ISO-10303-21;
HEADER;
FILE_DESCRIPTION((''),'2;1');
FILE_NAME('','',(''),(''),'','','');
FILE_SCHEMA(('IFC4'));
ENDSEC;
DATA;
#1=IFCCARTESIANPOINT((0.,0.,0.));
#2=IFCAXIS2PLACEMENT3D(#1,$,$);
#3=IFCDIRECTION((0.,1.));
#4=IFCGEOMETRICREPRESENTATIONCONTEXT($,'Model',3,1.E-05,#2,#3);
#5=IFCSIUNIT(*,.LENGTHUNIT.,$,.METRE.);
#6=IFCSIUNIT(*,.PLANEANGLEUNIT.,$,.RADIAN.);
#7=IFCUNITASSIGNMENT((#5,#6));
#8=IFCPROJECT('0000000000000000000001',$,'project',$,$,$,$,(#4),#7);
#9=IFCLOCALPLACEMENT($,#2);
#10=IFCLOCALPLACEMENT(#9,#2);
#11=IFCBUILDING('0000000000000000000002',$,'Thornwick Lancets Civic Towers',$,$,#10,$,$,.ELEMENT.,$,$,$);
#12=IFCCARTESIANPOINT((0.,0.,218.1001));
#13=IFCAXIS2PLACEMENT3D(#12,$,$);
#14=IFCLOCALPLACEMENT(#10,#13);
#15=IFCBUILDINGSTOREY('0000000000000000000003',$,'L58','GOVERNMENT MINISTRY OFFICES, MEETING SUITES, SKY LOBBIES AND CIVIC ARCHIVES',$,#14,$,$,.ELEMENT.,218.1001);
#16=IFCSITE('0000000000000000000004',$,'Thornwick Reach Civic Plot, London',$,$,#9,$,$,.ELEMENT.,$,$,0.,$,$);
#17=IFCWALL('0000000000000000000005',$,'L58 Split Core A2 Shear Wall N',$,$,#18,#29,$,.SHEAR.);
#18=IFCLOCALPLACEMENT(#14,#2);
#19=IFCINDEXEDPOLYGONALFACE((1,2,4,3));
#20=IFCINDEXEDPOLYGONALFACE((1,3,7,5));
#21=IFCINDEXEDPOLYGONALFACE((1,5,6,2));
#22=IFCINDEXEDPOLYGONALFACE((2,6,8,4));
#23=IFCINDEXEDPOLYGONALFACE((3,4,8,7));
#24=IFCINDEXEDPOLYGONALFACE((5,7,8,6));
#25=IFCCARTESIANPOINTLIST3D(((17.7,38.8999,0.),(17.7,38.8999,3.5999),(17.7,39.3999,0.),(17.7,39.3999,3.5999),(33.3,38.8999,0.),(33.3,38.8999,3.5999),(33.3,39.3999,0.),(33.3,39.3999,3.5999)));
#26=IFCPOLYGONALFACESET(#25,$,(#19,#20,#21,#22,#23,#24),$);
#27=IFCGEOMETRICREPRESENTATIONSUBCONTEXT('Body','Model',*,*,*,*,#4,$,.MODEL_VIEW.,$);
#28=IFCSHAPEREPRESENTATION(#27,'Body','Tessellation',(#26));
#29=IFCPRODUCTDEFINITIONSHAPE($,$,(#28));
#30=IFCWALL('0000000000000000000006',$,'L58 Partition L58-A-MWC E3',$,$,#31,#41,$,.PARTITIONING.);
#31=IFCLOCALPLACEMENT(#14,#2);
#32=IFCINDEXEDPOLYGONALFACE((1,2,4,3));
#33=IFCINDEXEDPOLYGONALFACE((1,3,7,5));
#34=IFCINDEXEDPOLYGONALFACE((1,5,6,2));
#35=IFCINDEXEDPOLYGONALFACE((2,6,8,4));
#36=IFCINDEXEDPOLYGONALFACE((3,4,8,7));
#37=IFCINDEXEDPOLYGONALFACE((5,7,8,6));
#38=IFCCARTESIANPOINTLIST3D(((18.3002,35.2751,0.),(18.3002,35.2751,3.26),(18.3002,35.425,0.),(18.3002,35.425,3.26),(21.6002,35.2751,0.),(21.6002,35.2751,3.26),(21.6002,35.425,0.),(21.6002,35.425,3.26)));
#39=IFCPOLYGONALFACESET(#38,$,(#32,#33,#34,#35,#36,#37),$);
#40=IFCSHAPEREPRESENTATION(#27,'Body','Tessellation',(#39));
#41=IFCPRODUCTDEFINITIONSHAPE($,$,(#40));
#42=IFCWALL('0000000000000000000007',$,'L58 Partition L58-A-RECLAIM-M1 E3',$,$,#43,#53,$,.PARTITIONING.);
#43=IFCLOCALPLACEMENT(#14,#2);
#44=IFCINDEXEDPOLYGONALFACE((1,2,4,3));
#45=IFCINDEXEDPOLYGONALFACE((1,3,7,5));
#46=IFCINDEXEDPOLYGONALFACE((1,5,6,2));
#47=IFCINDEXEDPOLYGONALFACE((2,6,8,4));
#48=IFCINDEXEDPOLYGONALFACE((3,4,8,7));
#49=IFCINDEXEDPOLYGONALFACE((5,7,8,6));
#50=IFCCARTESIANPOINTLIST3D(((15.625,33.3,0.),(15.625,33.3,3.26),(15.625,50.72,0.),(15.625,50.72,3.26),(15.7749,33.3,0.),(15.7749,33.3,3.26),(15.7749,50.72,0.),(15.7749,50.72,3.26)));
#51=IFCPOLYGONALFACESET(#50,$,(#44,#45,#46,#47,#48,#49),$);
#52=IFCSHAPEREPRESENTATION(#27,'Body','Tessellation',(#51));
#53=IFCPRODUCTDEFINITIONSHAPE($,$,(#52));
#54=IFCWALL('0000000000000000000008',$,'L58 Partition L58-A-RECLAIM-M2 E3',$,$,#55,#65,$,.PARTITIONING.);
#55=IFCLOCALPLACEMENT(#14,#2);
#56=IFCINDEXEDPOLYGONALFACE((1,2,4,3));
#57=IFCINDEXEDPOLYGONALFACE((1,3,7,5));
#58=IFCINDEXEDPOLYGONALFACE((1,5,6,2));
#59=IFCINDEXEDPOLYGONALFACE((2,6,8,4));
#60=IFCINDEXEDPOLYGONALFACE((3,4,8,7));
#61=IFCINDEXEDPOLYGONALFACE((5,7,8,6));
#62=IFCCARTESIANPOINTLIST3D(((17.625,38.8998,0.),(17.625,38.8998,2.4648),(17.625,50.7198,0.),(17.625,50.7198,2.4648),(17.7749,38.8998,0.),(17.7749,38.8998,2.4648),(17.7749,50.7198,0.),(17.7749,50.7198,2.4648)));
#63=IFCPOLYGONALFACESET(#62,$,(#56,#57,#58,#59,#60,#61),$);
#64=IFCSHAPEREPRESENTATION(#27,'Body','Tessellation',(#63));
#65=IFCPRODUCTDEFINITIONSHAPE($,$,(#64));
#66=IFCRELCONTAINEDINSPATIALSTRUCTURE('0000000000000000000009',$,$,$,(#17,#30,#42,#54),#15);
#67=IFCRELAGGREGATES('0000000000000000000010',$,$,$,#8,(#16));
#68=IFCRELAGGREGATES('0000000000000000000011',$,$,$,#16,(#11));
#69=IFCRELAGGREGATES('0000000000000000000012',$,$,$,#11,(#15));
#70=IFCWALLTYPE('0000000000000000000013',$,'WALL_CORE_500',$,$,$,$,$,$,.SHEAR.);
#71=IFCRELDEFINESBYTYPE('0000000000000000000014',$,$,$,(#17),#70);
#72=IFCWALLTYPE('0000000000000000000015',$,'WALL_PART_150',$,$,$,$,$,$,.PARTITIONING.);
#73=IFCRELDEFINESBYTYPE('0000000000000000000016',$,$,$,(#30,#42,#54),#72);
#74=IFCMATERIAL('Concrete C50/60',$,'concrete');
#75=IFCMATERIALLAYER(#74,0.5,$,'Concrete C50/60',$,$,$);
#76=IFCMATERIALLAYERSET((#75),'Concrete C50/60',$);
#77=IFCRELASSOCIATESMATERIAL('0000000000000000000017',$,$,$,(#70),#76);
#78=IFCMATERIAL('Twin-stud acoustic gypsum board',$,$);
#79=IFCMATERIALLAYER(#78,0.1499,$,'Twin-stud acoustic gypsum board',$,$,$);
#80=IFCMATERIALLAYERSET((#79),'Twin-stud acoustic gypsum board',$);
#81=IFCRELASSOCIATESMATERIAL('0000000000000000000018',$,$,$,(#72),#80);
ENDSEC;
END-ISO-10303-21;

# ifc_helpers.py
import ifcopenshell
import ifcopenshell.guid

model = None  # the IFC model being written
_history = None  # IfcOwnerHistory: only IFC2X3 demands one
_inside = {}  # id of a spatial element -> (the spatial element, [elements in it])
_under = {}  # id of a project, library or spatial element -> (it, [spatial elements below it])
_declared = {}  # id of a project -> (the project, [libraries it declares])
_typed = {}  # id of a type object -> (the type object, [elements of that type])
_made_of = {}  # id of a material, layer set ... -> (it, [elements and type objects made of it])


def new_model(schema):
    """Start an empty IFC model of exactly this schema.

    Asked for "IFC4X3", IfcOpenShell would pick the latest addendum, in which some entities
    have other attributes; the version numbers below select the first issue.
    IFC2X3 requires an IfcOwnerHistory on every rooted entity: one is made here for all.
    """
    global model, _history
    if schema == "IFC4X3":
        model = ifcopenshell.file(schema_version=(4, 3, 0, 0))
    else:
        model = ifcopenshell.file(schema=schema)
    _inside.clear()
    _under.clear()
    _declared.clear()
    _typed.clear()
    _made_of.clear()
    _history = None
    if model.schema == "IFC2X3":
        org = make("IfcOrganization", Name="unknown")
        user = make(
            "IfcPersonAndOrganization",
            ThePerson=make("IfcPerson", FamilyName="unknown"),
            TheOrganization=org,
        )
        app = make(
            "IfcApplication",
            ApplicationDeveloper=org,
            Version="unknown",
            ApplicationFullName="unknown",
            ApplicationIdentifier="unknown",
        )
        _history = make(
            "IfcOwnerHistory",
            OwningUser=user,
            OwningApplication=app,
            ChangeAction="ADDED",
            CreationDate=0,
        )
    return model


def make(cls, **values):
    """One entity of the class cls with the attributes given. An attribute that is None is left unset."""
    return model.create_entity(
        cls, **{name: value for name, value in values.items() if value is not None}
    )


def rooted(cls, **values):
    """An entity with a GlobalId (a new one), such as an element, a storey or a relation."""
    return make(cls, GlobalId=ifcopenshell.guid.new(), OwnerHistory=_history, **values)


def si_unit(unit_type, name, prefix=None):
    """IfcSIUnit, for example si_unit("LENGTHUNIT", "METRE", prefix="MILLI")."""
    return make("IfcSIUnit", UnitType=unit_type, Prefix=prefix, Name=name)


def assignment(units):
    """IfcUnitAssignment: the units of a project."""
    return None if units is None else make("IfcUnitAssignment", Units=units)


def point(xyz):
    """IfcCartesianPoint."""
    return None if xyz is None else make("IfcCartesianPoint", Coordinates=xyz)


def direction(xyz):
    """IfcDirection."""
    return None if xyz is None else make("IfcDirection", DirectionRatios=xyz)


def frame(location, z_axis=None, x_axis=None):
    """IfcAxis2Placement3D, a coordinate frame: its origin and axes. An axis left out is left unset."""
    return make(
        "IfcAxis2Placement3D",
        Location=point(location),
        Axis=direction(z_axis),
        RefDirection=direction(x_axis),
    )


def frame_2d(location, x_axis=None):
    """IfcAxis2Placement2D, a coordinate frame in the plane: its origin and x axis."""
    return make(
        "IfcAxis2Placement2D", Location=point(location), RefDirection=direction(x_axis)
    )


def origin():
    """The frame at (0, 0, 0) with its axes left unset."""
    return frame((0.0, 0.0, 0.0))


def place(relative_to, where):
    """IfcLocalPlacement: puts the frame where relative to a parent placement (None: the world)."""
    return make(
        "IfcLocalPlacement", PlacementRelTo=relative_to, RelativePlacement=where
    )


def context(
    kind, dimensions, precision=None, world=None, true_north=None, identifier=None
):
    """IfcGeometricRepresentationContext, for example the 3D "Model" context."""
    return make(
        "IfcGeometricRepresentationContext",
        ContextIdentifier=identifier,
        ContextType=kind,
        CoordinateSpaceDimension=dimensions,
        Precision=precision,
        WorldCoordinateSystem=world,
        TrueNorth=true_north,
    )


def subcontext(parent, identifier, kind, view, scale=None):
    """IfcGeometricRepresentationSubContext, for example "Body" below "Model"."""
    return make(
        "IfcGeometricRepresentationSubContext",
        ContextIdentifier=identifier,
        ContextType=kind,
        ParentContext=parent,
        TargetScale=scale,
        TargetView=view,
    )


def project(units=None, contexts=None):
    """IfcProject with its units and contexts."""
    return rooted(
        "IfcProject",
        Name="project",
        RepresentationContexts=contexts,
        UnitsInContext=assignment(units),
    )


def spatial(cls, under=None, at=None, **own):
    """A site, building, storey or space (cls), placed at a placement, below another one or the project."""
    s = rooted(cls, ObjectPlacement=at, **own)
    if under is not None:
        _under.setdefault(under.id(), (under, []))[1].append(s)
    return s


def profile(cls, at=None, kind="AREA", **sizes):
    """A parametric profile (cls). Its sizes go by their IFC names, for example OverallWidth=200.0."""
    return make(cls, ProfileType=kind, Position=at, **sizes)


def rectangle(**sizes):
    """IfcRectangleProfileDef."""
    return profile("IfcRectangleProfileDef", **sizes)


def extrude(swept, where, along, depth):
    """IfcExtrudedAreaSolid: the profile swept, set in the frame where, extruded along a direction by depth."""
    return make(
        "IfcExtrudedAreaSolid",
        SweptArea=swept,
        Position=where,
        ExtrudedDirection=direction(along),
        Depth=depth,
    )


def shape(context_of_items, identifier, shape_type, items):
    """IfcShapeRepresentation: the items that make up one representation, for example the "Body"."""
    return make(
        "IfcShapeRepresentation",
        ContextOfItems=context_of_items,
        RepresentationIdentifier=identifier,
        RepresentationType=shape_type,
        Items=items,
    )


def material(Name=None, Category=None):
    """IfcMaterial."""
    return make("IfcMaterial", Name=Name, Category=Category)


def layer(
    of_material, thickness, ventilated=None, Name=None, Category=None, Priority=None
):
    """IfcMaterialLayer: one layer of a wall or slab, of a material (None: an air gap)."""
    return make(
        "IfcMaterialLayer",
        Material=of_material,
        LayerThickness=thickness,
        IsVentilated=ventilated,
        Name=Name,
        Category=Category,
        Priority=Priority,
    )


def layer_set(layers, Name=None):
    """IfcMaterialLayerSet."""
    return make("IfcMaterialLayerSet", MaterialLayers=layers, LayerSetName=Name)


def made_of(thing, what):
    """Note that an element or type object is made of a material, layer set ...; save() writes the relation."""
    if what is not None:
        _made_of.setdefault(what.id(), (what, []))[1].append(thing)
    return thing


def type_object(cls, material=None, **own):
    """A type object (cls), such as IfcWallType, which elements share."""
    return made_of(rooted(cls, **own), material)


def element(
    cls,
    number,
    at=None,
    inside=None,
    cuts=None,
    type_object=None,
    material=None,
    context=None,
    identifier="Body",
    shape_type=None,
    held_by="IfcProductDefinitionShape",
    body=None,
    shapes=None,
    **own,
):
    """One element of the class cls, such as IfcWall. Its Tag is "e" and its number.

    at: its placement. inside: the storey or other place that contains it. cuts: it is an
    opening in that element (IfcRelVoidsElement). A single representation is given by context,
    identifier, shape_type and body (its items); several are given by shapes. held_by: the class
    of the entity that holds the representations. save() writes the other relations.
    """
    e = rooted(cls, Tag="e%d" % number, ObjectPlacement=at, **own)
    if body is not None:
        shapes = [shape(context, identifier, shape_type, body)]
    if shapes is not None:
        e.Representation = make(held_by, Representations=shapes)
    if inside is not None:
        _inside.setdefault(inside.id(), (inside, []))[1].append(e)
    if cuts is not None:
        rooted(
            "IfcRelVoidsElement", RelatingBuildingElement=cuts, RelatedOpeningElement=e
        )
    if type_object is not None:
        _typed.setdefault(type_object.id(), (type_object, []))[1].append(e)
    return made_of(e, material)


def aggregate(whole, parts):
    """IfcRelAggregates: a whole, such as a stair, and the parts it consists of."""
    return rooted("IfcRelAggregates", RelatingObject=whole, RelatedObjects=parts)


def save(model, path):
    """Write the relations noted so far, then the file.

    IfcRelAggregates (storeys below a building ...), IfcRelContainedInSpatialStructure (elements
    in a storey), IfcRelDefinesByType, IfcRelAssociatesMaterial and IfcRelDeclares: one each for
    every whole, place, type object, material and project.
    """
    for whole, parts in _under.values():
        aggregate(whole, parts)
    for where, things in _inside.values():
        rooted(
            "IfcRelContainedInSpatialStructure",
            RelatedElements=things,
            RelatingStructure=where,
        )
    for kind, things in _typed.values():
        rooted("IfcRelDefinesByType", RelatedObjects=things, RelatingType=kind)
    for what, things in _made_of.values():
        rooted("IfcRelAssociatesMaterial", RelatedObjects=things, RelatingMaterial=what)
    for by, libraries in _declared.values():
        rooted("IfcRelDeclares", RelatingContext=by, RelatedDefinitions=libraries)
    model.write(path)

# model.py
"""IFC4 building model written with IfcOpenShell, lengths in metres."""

from ifc_helpers import new_model, si_unit, direction, frame, frame_2d, origin, place, context, subcontext, project, spatial, rectangle, extrude, material, layer, layer_set, type_object, element, save


model = new_model("IFC4")

# Units and contexts
model_context = context("Model", 3, precision=1e-05, world=origin(), true_north=direction((0.0, 1.0)))
body_context = subcontext(model_context, "Body", "Model", "MODEL_VIEW")
ifc_project = project(units=[si_unit("LENGTHUNIT", "METRE"), si_unit("PLANEANGLEUNIT", "RADIAN")], contexts=[model_context])

# Site, building, storey
site_placement = place(None, origin())
site = spatial("IfcSite", under=ifc_project, at=site_placement, Name="Thornwick Reach Civic Plot, London", CompositionType="ELEMENT", RefElevation=0.0)
building_placement = place(site_placement, origin())
building = spatial("IfcBuilding", under=site, at=building_placement, Name="Thornwick Lancets Civic Towers", CompositionType="ELEMENT")
storey_placement = place(building_placement, frame((0.0, 0.0, 218.1001)))
storey = spatial("IfcBuildingStorey", under=building, at=storey_placement, Name="L58", Description="GOVERNMENT MINISTRY OFFICES, MEETING SUITES, SKY LOBBIES AND CIVIC ARCHIVES", CompositionType="ELEMENT", Elevation=218.1001)

# Shared definitions
ifc_material_1 = material(Name="Concrete C50/60", Category="concrete")

# Walls
ifc_layer_1 = layer(ifc_material_1, 0.5, Name="Concrete C50/60")
ifc_layer_set_1 = layer_set([ifc_layer_1], Name="Concrete C50/60")
wall_type_1 = type_object("IfcWallType", Name="WALL_CORE_500", PredefinedType="SHEAR", material=ifc_layer_set_1)
wall_1_placement = place(storey_placement, frame((17.7, 39.1499, 0.0), z_axis=(0.0, 0.0, 1.0), x_axis=(1.0, 0.0, 0.0)))
element("IfcWall", 1, at=wall_1_placement, inside=storey, type_object=wall_type_1, Name="L58 Split Core A2 Shear Wall N", PredefinedType="SHEAR", context=body_context, shape_type="SweptSolid", body=[
    extrude(rectangle(XDim=15.6001, YDim=0.5, at=frame_2d((7.8, 0.0))), origin(), (0.0, 0.0, 1.0), 3.5999),
])
ifc_material_2 = material(Name="Twin-stud acoustic gypsum board")
ifc_layer_2 = layer(ifc_material_2, 0.1499, Name="Twin-stud acoustic gypsum board")
ifc_layer_set_2 = layer_set([ifc_layer_2], Name="Twin-stud acoustic gypsum board")
wall_type_2 = type_object("IfcWallType", Name="WALL_PART_150", PredefinedType="PARTITIONING", material=ifc_layer_set_2)
wall_2_placement = place(storey_placement, frame((21.6001, 35.3501, 0.0), z_axis=(0.0, 0.0, 1.0), x_axis=(-1.0, 0.0, 0.0)))
element("IfcWall", 2, at=wall_2_placement, inside=storey, type_object=wall_type_2, Name="L58 Partition L58-A-MWC E3", PredefinedType="PARTITIONING", context=body_context, shape_type="SweptSolid", body=[
    extrude(rectangle(XDim=3.3, YDim=0.1499, at=frame_2d((1.6499, 0.0))), origin(), (0.0, 0.0, 1.0), 3.26),
])
wall_3_placement = place(storey_placement, frame((15.7, 50.72, 0.0), z_axis=(0.0, 0.0, 1.0), x_axis=(0.0, -1.0, 0.0)))
element("IfcWall", 3, at=wall_3_placement, inside=storey, type_object=wall_type_2, Name="L58 Partition L58-A-RECLAIM-M1 E3", PredefinedType="PARTITIONING", context=body_context, shape_type="SweptSolid", body=[
    extrude(rectangle(XDim=17.4199, YDim=0.1499, at=frame_2d((8.71, 0.0))), origin(), (0.0, 0.0, 1.0), 3.26),
])
wall_4_placement = place(storey_placement, frame((17.7, 50.72, 0.0), z_axis=(0.0, 0.0, 1.0), x_axis=(0.0, -1.0, 0.0)))
element("IfcWall", 4, at=wall_4_placement, inside=storey, type_object=wall_type_2, Name="L58 Partition L58-A-RECLAIM-M2 E3", PredefinedType="PARTITIONING", context=body_context, shape_type="SweptSolid", body=[
    extrude(rectangle(XDim=11.8201, YDim=0.1499, at=frame_2d((5.9102, 0.0))), origin(), (0.0, 0.0, 1.0), 2.4648),
])

save(model, "model.ifc")
